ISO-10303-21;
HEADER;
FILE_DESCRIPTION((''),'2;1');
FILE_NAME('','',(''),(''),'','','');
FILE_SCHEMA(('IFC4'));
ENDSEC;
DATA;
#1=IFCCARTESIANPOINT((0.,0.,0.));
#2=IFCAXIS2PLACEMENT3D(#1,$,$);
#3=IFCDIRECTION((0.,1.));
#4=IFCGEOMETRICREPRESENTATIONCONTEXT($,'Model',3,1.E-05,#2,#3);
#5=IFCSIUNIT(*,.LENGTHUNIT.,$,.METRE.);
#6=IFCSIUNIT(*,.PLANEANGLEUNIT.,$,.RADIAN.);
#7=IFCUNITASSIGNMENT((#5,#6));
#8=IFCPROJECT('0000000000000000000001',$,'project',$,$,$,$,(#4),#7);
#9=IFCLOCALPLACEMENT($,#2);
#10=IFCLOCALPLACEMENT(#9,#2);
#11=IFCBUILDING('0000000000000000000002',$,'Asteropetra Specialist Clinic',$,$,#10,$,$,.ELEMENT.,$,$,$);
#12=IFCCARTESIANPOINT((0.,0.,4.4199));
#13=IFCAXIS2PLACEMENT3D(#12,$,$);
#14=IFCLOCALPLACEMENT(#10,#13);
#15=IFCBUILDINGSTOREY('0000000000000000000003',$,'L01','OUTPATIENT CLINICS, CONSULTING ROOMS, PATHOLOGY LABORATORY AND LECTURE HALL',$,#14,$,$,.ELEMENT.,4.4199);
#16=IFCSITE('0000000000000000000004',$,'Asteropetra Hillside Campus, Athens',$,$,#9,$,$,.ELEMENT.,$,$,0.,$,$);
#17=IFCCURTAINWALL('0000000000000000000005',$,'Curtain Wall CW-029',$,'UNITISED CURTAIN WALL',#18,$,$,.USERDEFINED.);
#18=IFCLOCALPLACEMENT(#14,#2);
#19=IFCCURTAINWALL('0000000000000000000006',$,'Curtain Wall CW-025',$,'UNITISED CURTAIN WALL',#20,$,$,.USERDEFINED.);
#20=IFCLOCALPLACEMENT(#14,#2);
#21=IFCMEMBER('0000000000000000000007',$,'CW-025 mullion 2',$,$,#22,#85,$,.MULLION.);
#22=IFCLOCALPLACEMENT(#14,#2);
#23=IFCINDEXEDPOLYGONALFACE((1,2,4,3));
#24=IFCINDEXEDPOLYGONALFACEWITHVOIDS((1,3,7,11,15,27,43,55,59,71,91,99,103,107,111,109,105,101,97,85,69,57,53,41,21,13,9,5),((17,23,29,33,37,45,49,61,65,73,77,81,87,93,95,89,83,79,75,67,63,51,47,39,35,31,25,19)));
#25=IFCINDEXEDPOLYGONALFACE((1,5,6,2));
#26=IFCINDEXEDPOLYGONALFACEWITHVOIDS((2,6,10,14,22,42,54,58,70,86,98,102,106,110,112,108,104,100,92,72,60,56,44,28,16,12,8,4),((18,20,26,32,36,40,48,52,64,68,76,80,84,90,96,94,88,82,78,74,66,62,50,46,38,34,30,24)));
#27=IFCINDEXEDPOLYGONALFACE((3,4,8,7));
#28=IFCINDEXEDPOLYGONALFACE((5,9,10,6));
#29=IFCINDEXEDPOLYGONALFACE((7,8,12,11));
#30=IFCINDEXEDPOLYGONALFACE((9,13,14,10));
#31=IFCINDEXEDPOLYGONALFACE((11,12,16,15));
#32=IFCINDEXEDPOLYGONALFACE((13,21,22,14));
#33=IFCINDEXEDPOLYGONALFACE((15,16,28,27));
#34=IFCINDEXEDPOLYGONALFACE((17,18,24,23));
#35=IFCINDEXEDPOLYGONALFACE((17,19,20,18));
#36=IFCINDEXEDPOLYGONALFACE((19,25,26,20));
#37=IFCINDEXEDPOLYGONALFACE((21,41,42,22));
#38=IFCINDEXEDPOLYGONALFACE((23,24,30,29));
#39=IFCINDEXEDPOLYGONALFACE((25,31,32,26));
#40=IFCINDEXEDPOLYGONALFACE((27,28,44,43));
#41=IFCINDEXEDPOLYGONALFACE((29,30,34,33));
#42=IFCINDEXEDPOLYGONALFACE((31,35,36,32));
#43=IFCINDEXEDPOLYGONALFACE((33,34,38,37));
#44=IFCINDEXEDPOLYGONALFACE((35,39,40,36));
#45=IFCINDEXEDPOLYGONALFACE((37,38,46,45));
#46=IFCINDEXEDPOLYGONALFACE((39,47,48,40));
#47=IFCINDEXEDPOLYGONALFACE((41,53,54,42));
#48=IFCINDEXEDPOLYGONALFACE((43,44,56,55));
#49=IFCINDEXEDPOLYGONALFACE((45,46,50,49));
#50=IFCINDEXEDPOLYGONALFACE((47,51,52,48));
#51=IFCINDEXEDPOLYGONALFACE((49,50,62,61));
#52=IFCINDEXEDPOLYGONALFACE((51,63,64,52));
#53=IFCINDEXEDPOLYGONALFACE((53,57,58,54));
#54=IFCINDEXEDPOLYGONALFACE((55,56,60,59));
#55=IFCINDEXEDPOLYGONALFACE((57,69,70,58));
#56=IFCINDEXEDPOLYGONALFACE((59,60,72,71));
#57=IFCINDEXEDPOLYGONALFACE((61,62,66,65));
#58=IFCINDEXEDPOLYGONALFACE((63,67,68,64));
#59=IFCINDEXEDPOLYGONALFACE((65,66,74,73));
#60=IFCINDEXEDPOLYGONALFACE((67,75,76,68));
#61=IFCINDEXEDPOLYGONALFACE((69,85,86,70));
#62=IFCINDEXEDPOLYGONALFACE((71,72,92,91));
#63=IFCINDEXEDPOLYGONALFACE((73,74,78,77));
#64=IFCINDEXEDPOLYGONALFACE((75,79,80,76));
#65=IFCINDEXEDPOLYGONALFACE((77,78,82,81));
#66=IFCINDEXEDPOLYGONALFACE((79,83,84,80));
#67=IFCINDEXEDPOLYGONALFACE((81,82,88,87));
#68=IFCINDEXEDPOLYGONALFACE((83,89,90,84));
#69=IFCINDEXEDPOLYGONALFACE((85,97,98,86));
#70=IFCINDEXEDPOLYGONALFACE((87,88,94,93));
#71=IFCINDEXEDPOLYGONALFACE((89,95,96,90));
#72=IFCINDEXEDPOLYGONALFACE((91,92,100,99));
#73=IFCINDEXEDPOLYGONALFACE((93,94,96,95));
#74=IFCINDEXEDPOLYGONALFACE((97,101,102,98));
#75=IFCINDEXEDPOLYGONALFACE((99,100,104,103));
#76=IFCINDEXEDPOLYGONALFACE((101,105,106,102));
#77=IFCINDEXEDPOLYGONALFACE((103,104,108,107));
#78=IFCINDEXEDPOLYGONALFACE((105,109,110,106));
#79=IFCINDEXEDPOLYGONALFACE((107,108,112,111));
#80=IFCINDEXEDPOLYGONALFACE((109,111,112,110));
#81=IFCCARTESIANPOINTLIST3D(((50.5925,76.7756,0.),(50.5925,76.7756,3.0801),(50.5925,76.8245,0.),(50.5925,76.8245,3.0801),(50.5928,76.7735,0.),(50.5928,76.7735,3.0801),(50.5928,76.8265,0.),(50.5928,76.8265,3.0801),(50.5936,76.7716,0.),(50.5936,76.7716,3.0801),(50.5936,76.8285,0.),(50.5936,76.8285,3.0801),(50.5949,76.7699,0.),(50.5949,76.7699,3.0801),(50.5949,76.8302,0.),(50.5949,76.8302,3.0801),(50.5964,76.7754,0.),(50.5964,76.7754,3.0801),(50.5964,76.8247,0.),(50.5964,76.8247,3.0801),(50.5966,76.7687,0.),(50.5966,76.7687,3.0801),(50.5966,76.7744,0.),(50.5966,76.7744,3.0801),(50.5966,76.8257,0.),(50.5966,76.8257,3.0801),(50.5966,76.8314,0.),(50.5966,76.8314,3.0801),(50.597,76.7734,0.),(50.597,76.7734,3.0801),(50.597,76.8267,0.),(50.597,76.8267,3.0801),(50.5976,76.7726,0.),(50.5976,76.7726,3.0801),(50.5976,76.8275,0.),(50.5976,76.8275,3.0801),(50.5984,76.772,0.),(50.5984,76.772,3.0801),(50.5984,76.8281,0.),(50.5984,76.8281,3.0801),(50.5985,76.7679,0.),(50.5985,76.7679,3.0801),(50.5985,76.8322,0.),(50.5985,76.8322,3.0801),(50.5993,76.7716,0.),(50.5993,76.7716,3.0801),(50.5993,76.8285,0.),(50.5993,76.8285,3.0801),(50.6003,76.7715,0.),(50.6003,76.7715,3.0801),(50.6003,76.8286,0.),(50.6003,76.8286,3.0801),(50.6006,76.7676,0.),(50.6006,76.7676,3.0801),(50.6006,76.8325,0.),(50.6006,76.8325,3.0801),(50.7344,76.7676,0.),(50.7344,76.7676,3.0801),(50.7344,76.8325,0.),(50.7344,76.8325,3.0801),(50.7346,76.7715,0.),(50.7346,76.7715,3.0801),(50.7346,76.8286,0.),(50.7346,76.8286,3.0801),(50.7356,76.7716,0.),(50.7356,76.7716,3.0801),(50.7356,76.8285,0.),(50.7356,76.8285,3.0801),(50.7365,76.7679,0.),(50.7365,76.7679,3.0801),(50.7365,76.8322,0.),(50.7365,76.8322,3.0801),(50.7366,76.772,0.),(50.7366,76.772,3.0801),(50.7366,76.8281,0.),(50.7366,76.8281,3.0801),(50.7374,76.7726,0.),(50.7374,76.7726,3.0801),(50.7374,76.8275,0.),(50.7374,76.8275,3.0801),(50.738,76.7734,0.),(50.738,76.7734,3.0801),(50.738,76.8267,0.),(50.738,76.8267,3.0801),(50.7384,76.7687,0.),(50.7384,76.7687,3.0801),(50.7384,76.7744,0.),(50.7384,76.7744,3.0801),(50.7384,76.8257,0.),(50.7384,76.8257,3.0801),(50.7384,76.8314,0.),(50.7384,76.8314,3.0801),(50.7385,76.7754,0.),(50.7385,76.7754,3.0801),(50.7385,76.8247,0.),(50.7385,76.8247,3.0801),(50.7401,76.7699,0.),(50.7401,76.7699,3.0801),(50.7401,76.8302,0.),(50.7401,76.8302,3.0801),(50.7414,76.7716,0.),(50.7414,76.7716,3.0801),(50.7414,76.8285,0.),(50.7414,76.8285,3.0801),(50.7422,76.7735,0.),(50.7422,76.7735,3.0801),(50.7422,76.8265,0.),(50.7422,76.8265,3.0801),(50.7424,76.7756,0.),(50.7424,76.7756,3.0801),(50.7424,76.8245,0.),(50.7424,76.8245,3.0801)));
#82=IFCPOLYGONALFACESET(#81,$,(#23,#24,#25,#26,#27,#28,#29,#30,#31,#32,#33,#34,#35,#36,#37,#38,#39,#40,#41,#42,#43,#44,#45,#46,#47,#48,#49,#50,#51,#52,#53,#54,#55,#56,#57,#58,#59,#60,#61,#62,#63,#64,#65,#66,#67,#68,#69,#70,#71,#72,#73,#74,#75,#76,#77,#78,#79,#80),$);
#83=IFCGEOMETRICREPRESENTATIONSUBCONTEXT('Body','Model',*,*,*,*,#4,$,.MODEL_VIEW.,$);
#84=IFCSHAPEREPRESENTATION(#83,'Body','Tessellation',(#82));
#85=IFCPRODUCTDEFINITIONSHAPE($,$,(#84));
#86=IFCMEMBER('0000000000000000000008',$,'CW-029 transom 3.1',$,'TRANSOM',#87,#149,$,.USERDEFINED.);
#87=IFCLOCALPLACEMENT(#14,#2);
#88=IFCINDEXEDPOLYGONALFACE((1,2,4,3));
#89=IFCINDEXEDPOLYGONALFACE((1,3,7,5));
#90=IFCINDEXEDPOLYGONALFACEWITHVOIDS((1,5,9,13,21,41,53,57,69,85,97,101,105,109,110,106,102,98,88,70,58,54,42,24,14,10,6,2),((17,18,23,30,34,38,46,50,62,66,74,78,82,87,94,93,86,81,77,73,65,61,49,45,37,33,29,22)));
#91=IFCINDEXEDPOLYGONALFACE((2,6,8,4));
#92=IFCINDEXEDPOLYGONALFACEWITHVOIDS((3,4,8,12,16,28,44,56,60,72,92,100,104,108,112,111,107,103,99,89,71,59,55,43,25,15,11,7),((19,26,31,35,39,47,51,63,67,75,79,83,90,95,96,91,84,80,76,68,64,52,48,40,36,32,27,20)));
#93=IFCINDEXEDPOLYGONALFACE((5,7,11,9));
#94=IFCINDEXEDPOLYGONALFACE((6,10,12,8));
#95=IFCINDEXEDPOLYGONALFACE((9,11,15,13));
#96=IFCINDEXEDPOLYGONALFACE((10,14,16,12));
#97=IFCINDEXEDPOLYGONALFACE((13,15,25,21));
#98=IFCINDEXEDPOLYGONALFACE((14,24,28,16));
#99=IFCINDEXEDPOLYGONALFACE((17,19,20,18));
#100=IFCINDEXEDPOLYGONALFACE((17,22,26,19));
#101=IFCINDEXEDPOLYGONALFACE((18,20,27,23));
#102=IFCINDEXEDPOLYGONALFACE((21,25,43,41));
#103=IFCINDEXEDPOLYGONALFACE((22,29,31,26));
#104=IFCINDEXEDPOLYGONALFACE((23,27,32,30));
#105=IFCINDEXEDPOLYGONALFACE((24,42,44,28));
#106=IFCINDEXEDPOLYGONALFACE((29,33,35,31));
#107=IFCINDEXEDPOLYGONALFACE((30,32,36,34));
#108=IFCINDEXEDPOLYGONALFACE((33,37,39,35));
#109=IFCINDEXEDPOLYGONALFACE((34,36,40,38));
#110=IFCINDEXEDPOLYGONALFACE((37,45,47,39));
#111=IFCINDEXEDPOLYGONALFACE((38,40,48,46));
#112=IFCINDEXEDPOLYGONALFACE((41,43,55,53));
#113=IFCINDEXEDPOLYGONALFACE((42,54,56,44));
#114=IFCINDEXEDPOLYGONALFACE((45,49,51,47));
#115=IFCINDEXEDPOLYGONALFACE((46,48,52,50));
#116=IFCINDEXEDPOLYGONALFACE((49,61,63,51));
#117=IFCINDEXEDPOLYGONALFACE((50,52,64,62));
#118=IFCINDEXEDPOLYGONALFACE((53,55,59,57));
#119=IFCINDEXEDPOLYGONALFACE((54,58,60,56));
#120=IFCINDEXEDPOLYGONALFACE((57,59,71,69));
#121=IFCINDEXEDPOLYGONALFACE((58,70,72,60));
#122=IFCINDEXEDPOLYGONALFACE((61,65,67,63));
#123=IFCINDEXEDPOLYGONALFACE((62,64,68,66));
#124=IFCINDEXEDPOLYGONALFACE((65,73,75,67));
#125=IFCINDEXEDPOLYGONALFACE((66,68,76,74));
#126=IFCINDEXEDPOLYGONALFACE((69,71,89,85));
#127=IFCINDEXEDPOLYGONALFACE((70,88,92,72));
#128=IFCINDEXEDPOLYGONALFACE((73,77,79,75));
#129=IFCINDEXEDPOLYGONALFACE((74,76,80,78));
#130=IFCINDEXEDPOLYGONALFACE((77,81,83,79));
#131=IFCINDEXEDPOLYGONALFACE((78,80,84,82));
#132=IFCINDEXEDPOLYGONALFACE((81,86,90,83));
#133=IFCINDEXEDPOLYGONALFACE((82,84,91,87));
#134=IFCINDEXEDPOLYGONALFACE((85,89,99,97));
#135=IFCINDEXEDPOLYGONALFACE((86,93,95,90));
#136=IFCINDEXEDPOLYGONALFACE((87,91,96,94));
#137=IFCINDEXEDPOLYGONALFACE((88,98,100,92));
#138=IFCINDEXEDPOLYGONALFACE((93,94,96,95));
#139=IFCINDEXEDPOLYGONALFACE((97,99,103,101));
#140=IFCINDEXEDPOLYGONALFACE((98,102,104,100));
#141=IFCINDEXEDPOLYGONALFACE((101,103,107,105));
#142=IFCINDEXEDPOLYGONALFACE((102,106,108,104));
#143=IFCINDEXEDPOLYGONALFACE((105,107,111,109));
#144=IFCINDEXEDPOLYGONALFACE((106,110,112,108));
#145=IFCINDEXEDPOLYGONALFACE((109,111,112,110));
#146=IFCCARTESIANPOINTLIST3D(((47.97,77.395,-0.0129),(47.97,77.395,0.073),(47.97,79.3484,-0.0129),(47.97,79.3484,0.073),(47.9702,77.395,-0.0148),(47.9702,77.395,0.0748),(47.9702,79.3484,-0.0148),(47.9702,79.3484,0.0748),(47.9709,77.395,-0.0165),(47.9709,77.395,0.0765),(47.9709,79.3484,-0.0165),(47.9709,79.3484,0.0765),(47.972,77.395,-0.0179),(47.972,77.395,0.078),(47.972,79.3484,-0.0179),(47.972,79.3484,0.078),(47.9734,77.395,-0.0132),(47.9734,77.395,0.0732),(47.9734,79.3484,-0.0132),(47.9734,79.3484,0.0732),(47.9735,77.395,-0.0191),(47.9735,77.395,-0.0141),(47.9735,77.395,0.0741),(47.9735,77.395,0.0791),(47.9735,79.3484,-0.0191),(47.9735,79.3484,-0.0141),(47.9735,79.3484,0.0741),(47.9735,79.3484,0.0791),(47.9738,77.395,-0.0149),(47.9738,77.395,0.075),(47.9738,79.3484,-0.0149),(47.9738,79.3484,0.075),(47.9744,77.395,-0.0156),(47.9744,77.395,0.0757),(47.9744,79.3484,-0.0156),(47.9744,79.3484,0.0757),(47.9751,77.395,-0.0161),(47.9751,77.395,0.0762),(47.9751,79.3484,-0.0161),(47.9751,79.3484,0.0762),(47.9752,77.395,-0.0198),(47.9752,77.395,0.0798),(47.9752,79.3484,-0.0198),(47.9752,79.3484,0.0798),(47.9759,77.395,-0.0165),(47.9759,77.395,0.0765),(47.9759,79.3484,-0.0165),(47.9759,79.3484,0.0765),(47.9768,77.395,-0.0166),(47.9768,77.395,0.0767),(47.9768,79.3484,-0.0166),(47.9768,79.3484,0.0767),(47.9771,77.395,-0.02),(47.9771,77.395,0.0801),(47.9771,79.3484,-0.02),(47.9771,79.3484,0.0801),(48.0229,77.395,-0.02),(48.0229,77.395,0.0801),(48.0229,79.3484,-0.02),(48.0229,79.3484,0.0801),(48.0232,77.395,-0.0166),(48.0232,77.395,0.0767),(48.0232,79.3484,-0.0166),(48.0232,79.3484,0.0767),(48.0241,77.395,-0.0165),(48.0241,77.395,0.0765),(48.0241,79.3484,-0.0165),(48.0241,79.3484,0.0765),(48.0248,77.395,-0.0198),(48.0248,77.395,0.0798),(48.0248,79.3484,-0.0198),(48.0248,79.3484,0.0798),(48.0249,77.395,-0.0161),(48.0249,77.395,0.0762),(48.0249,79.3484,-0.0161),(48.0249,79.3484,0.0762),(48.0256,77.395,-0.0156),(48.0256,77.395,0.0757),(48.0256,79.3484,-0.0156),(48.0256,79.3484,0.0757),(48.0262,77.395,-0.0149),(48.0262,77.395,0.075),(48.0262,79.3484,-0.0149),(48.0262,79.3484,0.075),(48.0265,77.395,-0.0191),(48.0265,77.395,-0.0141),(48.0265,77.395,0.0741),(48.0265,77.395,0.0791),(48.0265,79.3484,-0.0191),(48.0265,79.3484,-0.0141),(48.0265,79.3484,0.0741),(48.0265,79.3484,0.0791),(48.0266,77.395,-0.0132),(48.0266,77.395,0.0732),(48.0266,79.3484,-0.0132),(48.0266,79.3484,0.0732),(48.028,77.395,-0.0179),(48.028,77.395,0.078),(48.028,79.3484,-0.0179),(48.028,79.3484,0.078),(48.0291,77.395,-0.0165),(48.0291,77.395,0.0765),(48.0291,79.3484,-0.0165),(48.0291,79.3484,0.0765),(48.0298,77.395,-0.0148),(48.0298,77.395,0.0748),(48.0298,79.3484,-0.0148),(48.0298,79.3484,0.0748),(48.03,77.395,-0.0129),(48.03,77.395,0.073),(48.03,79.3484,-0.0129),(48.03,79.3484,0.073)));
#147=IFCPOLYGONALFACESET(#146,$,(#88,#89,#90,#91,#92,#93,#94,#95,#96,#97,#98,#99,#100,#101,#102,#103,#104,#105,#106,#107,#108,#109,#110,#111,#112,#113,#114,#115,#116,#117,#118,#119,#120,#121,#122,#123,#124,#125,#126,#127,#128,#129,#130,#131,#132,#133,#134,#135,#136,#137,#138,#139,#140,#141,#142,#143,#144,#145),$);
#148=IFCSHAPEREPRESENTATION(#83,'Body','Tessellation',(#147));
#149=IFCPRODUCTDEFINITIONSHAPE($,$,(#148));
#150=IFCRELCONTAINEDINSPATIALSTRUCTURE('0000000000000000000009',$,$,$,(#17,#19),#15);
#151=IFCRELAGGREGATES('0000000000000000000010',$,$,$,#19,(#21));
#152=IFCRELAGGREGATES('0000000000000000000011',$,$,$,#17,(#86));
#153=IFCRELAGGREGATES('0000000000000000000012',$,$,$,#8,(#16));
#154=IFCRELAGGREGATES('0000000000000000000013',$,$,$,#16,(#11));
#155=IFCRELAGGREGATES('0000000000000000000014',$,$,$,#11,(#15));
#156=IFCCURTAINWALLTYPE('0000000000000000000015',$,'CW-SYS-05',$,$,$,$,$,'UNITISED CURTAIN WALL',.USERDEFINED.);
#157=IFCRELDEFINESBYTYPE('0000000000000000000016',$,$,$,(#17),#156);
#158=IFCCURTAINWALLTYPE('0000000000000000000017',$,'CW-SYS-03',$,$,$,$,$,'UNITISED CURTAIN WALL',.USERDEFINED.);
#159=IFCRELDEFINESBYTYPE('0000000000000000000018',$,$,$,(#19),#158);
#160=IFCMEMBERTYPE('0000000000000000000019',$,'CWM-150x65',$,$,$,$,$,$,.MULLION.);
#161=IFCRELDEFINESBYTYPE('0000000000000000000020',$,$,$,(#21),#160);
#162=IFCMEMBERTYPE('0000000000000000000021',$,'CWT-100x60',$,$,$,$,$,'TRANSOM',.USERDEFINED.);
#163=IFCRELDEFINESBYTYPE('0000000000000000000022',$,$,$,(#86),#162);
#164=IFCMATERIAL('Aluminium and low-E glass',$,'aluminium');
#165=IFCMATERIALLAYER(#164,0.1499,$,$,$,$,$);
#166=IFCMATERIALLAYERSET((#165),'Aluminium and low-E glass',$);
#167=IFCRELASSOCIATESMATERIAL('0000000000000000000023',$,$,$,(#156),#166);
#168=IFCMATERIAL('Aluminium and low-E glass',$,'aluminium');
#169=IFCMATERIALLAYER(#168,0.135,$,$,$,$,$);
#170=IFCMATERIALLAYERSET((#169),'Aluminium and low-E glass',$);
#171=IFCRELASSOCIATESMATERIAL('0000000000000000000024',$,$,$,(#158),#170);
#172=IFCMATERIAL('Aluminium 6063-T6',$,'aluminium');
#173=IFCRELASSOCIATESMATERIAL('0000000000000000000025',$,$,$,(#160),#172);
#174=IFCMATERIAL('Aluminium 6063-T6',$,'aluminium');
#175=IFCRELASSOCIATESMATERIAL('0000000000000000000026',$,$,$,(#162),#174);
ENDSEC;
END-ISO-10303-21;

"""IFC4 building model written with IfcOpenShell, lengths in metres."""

from ifc_helpers import new_model, si_unit, direction, frame, origin, origin_2d, place, context, subcontext, project, spatial, hollow_rectangle, extrude, material, layer, layer_set, material_profile, profile_set, type_object, element, aggregate, save


model = new_model("IFC4")

# Units and contexts
model_context = context("Model", 3, precision=1e-05, world=origin(), true_north=direction((0.0, 1.0)))
body_context = subcontext(model_context, "Body", "Model", "MODEL_VIEW")
ifc_project = project(units=[si_unit("LENGTHUNIT", "METRE"), si_unit("PLANEANGLEUNIT", "RADIAN")], contexts=[model_context])

# Site, building, storey
site_placement = place(None, origin())
site = spatial("IfcSite", under=ifc_project, at=site_placement, Name="Asteropetra Hillside Campus, Athens", CompositionType="ELEMENT", RefElevation=0.0)
building_placement = place(site_placement, origin())
building = spatial("IfcBuilding", under=site, at=building_placement, Name="Asteropetra Specialist Clinic", CompositionType="ELEMENT")
storey_placement = place(building_placement, frame((0.0, 0.0, 4.4199)))
storey = spatial("IfcBuildingStorey", under=building, at=storey_placement, Name="L01", Description="OUTPATIENT CLINICS, CONSULTING ROOMS, PATHOLOGY LABORATORY AND LECTURE HALL", CompositionType="ELEMENT", Elevation=4.4199)

# Curtain wall
ifc_material_1 = material(Name="Aluminium and low-E glass", Category="aluminium")
ifc_layer_1 = layer(ifc_material_1, 0.1499)
ifc_layer_set_1 = layer_set([ifc_layer_1], Name="Aluminium and low-E glass")
curtain_wall_type_1 = type_object("IfcCurtainWallType", Name="CW-SYS-05", ElementType="UNITISED CURTAIN WALL", PredefinedType="USERDEFINED", material=ifc_layer_set_1)
curtain_wall_1_placement = place(storey_placement, origin())
curtain_wall_1 = element("IfcCurtainWall", 1, at=curtain_wall_1_placement, inside=storey, type_object=curtain_wall_type_1, Name="Curtain Wall CW-029", ObjectType="UNITISED CURTAIN WALL", PredefinedType="USERDEFINED")

# Curtain wall, member
ifc_material_2 = material(Name="Aluminium and low-E glass", Category="aluminium")
ifc_layer_2 = layer(ifc_material_2, 0.135)
ifc_layer_set_2 = layer_set([ifc_layer_2], Name="Aluminium and low-E glass")
curtain_wall_type_2 = type_object("IfcCurtainWallType", Name="CW-SYS-03", ElementType="UNITISED CURTAIN WALL", PredefinedType="USERDEFINED", material=ifc_layer_set_2)
curtain_wall_2_placement = place(storey_placement, origin())
curtain_wall_2 = element("IfcCurtainWall", 2, at=curtain_wall_2_placement, inside=storey, type_object=curtain_wall_type_2, Name="Curtain Wall CW-025", ObjectType="UNITISED CURTAIN WALL", PredefinedType="USERDEFINED")
ifc_material_3 = material(Name="Aluminium 6063-T6", Category="aluminium")
ifc_material_profile_1 = material_profile(ifc_material_3, hollow_rectangle(XDim=0.0649, YDim=0.1499, WallThickness=0.0039, InnerFilletRadius=0.0039, OuterFilletRadius=0.0081, at=origin_2d()), Name="MUL 150x65x4.0")
ifc_profile_set_1 = profile_set([ifc_material_profile_1], Name="Aluminium 6063-T6")
member_type_1 = type_object("IfcMemberType", Name="CWM-150x65", PredefinedType="MULLION", material=ifc_profile_set_1)
member_1_placement = place(storey_placement, frame((50.6675, 76.8, 0.0), z_axis=(0.0, 0.0, 1.0), x_axis=(0.0, 1.0, 0.0)))
member_1 = element("IfcMember", 3, at=member_1_placement, type_object=member_type_1, Name="CW-025 mullion 2", PredefinedType="MULLION", context=body_context, shape_type="SweptSolid", body=[
    extrude(hollow_rectangle(XDim=0.0649, YDim=0.1499, WallThickness=0.0039, InnerFilletRadius=0.0039, OuterFilletRadius=0.0081, at=origin_2d()), origin(), (0.0, 0.0, 1.0), 3.0801),
])

# Member
ifc_material_4 = material(Name="Aluminium 6063-T6", Category="aluminium")
ifc_material_profile_2 = material_profile(ifc_material_4, hollow_rectangle(XDim=0.0601, YDim=0.1001, WallThickness=0.0034, InnerFilletRadius=0.0034, OuterFilletRadius=0.0071, at=origin_2d()), Name="TRN 100x60x3.5")
ifc_profile_set_2 = profile_set([ifc_material_profile_2], Name="Aluminium 6063-T6")
member_type_2 = type_object("IfcMemberType", Name="CWT-100x60", ElementType="TRANSOM", PredefinedType="USERDEFINED", material=ifc_profile_set_2)
member_2_placement = place(storey_placement, frame((48.0, 79.3484, 0.03), z_axis=(0.0, -1.0, 0.0), x_axis=(1.0, 0.0, 0.0)))
member_2 = element("IfcMember", 4, at=member_2_placement, type_object=member_type_2, Name="CW-029 transom 3.1", ObjectType="TRANSOM", PredefinedType="USERDEFINED", context=body_context, shape_type="SweptSolid", body=[
    extrude(hollow_rectangle(XDim=0.0601, YDim=0.1001, WallThickness=0.0034, InnerFilletRadius=0.0034, OuterFilletRadius=0.0071, at=origin_2d()), origin(), (0.0, 0.0, 1.0), 1.9534),
])

aggregate(curtain_wall_2, [member_1])
aggregate(curtain_wall_1, [member_2])

save(model, "model.ifc")
